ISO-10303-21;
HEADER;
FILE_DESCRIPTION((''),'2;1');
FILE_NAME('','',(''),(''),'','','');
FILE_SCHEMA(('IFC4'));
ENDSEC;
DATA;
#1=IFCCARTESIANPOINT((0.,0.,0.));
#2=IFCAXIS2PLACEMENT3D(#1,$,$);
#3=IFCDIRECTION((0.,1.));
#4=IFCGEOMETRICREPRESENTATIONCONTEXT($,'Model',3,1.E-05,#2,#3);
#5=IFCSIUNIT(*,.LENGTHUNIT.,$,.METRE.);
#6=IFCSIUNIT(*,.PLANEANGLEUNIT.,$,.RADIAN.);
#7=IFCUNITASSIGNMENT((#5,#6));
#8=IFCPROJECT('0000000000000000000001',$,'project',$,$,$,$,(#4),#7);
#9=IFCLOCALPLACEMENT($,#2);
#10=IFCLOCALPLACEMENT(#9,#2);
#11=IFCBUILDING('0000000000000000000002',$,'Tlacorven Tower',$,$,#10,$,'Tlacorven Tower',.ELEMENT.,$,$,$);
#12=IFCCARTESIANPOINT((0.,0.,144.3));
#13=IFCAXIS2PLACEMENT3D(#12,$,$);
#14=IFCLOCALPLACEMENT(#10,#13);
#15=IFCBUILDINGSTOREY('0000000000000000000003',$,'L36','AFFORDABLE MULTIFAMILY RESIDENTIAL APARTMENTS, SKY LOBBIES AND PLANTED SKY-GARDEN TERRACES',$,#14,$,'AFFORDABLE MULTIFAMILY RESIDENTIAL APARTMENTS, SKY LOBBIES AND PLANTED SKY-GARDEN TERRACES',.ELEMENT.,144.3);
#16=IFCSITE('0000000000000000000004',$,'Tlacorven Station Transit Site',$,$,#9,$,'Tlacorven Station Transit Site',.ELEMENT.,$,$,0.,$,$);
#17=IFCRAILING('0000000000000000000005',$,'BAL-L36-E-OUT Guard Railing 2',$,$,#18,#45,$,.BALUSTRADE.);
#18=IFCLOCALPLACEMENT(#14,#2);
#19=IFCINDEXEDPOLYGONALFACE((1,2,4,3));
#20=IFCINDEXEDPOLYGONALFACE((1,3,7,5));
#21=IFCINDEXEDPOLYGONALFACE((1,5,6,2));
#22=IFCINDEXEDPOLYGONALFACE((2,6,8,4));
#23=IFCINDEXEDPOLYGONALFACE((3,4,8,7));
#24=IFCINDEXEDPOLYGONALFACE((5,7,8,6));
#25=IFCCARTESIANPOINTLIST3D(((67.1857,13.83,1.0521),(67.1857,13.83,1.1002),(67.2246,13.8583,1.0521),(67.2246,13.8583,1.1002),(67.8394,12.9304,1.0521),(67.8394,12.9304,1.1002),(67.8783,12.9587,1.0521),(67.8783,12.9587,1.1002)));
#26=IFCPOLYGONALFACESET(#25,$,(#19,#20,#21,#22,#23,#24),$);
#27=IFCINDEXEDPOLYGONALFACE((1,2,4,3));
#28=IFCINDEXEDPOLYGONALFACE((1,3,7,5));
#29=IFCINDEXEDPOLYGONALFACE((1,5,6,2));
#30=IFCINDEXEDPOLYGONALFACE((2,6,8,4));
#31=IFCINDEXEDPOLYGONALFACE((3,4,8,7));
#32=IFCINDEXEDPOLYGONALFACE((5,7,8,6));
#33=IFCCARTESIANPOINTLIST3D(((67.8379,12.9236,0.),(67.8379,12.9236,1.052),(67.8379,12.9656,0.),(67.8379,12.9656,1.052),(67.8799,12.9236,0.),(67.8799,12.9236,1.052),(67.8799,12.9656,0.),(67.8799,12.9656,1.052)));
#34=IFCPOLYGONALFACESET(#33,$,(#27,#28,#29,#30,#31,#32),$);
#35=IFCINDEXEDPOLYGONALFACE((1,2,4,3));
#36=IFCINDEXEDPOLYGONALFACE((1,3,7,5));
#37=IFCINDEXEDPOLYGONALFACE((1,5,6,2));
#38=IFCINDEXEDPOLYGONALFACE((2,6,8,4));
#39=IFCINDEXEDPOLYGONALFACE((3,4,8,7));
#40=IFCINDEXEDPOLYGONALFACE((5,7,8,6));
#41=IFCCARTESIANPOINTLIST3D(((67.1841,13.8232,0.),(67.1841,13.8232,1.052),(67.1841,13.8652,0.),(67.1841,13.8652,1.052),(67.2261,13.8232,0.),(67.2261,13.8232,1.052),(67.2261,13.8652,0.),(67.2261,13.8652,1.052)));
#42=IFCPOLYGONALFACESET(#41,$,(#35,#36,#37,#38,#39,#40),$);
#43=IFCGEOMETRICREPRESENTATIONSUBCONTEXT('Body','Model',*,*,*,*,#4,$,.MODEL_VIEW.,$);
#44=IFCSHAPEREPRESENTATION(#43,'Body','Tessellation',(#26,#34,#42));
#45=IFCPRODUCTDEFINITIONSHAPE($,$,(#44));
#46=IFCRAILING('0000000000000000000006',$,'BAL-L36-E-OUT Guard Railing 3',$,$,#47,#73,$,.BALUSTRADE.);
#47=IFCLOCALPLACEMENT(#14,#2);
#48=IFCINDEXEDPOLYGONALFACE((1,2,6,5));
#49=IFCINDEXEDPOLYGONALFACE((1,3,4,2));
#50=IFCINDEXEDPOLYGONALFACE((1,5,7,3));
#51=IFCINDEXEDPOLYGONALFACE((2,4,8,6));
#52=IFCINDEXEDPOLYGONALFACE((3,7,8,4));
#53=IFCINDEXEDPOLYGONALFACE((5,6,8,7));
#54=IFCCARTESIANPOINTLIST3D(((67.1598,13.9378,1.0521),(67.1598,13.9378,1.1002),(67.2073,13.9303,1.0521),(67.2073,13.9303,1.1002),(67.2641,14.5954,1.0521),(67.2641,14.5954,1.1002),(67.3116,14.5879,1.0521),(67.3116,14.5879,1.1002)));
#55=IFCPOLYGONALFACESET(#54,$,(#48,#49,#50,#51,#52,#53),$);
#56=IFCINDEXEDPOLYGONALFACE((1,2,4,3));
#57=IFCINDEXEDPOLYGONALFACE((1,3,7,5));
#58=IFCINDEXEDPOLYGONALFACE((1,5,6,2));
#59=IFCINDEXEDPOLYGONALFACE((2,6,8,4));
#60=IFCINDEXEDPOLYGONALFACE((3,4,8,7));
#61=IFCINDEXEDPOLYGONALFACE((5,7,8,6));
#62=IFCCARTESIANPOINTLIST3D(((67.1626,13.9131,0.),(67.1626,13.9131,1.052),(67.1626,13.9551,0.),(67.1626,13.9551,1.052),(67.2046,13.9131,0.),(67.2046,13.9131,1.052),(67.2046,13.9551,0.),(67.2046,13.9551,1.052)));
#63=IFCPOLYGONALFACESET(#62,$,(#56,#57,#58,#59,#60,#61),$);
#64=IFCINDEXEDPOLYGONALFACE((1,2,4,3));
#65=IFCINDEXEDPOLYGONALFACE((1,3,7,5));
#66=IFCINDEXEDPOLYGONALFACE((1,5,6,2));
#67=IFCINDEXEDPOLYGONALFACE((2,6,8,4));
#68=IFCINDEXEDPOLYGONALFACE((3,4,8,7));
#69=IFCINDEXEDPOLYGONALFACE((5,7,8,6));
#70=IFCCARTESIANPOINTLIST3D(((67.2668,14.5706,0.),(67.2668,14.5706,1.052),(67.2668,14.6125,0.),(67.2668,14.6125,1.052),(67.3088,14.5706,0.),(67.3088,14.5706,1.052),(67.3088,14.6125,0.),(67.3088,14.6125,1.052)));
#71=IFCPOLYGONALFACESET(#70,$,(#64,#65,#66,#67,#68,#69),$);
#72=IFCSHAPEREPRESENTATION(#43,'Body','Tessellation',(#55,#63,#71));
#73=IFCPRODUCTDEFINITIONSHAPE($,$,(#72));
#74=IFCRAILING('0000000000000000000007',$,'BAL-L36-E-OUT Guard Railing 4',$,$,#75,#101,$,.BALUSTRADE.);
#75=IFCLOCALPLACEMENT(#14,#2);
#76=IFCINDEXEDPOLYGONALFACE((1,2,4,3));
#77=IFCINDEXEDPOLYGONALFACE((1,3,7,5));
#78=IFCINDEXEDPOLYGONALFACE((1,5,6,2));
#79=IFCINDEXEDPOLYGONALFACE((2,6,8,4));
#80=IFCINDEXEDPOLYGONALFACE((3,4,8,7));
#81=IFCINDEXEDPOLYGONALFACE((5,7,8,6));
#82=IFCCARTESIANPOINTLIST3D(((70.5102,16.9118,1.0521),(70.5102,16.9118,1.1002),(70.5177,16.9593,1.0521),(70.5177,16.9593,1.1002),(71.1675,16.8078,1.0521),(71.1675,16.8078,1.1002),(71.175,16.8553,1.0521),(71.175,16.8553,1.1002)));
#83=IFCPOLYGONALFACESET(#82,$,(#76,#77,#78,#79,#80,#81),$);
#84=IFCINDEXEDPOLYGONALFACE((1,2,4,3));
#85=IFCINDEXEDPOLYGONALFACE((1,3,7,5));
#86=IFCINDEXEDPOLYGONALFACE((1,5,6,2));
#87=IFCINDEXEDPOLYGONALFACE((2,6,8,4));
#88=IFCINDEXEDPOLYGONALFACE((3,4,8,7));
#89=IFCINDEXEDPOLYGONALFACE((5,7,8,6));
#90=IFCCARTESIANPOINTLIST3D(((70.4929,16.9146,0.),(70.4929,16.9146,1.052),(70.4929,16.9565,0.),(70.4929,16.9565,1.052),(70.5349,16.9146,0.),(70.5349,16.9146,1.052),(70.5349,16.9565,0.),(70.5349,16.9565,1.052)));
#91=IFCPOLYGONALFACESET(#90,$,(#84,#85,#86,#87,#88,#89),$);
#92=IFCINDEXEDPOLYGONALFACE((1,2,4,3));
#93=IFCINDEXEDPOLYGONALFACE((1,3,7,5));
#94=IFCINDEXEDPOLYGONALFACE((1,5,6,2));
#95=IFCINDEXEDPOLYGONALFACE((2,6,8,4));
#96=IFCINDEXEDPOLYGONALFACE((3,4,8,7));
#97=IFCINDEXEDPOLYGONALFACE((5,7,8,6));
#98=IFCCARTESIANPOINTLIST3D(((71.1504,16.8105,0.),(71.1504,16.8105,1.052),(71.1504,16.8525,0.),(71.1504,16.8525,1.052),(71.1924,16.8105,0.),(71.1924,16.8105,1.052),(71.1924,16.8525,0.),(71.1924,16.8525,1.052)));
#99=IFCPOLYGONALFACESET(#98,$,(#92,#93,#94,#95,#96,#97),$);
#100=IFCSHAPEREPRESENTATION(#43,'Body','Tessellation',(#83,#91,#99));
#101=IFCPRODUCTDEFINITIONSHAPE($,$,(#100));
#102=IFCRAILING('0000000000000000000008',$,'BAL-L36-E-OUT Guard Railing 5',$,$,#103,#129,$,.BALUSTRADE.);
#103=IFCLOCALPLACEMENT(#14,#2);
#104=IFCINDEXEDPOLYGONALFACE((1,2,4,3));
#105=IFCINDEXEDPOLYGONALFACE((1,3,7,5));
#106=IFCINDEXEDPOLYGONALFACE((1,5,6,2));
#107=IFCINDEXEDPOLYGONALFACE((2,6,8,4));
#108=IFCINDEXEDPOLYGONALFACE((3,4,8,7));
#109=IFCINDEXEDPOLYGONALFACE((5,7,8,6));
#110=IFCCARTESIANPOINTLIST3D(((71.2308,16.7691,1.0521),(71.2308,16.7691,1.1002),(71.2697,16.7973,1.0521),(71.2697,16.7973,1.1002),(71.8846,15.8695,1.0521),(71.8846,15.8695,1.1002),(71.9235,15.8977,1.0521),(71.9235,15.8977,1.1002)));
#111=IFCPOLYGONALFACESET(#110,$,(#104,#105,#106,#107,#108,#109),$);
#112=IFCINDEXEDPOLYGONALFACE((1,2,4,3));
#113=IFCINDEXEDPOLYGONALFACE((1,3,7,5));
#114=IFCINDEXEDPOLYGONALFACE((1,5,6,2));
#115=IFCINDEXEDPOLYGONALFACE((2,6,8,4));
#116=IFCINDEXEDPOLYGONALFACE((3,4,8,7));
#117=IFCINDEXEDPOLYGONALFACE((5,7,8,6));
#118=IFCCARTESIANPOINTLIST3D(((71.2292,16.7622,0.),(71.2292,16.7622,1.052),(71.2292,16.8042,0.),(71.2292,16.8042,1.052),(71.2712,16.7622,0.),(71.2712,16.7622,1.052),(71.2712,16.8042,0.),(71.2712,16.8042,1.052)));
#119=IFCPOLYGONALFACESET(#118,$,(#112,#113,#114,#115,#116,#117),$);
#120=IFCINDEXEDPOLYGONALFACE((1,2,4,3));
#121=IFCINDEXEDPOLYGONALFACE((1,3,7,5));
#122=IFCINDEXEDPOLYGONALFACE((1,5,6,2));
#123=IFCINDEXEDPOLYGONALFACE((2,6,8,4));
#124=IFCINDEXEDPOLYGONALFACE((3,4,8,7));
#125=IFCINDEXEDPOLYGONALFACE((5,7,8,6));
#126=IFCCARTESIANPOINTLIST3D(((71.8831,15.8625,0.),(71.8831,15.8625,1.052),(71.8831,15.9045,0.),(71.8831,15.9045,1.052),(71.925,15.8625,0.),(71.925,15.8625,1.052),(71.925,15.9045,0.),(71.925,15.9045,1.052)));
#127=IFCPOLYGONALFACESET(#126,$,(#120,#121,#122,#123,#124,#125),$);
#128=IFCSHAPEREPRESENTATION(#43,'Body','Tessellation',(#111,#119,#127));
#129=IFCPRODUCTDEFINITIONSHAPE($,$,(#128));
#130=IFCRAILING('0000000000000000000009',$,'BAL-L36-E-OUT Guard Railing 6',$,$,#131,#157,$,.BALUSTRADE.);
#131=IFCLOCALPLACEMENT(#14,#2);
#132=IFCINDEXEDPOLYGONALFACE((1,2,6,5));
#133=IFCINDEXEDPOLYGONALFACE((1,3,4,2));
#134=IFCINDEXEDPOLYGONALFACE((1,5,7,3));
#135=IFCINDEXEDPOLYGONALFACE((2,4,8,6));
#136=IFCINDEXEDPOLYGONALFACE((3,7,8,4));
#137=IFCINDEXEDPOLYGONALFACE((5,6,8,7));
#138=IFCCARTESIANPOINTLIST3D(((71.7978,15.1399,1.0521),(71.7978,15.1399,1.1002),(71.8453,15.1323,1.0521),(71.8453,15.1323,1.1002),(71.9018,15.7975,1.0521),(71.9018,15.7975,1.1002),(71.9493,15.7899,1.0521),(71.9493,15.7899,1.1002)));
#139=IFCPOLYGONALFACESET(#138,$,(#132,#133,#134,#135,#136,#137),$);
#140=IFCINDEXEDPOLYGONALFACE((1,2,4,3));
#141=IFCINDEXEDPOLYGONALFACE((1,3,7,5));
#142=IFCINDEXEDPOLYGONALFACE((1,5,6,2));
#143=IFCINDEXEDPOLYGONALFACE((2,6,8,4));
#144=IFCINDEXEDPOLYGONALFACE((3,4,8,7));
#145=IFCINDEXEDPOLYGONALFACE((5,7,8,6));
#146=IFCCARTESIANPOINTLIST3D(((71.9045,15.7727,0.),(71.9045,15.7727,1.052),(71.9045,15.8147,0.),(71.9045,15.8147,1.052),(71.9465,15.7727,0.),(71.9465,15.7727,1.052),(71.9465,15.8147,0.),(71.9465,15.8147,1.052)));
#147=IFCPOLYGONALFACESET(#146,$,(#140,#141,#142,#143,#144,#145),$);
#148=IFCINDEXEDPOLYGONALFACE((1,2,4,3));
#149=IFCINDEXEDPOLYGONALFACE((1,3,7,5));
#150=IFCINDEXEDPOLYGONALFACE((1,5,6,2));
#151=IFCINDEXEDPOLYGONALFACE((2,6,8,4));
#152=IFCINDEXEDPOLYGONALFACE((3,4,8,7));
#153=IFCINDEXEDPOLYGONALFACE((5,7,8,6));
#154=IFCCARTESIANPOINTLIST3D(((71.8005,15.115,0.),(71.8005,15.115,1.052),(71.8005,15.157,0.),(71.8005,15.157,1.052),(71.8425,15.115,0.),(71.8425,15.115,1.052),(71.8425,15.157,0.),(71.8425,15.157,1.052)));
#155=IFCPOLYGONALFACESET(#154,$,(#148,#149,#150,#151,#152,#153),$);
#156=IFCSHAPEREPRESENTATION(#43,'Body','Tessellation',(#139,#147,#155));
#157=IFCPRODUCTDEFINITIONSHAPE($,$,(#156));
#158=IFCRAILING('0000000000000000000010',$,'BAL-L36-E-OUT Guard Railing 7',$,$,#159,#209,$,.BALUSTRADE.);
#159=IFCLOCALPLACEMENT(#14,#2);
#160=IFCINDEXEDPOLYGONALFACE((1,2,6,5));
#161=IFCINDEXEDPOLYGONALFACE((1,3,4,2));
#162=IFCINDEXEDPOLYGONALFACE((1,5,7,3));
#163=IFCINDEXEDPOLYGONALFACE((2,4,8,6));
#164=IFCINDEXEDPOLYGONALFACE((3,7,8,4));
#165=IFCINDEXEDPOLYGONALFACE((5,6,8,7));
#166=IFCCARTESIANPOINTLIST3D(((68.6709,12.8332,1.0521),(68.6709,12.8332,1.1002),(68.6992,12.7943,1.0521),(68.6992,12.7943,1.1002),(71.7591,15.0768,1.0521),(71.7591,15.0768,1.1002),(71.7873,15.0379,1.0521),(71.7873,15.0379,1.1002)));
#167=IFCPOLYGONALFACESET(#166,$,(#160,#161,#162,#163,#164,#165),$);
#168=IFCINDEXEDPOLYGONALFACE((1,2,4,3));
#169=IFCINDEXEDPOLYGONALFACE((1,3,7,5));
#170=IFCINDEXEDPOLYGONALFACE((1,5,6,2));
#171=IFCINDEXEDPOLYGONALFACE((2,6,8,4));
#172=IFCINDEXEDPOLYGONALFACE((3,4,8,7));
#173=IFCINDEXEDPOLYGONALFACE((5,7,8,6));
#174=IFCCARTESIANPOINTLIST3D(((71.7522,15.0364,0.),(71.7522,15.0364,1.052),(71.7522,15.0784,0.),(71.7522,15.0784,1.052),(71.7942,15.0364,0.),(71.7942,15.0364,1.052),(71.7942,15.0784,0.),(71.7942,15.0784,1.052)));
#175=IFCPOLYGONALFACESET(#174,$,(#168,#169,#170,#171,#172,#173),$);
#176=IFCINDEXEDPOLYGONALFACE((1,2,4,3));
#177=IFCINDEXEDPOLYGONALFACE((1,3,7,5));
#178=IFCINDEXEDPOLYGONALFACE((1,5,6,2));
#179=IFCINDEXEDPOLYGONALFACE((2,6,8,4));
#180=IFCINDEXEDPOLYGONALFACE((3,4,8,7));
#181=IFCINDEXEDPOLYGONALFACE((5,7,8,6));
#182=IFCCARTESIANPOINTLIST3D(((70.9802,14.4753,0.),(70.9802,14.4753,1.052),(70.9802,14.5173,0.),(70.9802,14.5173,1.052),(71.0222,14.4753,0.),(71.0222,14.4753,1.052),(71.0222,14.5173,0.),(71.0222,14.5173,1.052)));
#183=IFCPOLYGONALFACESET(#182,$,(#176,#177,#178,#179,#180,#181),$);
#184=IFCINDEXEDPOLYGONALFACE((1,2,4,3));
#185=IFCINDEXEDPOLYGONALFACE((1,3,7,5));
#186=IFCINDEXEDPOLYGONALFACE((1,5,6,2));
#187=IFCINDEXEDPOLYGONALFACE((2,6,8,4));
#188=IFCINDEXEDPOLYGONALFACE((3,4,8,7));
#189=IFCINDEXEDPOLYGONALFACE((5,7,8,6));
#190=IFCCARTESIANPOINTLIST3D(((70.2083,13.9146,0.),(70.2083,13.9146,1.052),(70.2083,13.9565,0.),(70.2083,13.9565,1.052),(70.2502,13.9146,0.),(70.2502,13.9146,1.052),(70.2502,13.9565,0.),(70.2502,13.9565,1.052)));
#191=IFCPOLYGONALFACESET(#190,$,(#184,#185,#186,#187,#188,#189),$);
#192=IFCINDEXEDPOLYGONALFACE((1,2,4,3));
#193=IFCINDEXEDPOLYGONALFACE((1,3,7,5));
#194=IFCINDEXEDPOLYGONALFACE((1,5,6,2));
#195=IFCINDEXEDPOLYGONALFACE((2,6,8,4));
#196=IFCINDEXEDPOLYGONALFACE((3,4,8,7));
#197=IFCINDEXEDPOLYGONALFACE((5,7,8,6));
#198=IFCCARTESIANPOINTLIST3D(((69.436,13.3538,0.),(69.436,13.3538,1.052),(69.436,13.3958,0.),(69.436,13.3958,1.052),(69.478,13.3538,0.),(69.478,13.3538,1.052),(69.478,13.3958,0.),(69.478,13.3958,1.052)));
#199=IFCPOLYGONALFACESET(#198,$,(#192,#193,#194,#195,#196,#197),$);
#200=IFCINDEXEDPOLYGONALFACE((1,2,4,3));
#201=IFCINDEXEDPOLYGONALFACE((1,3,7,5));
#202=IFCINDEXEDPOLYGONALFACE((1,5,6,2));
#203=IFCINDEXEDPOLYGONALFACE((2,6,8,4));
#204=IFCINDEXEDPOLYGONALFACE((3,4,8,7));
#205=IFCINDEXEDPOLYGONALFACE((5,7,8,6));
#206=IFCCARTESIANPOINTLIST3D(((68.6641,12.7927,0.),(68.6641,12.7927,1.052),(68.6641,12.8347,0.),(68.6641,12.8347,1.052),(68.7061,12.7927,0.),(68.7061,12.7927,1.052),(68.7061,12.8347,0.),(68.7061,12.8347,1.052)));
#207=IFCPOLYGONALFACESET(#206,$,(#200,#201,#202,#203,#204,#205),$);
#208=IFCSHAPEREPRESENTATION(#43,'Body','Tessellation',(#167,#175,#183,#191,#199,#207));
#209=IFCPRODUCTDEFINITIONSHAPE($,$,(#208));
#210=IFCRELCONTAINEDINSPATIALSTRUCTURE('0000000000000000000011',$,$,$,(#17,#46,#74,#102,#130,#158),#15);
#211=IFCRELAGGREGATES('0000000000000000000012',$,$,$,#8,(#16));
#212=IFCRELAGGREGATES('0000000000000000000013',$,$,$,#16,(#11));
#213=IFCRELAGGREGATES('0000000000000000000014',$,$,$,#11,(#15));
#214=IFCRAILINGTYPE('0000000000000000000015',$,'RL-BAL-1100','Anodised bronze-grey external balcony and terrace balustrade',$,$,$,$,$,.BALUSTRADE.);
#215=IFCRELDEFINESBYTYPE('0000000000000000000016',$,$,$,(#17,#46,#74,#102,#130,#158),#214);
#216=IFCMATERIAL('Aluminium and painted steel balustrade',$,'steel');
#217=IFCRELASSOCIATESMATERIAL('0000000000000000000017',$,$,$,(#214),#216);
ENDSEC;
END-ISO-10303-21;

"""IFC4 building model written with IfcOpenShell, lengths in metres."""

from ifc_helpers import new_model, si_unit, direction, frame, origin, origin_2d, place, context, subcontext, project, spatial, rectangle, extrude, source, transform, mapped, material, type_object, element, save


model = new_model("IFC4")

# Units and contexts
model_context = context("Model", 3, precision=1e-05, world=origin(), true_north=direction((0.0, 1.0)))
body_context = subcontext(model_context, "Body", "Model", "MODEL_VIEW")
ifc_project = project(units=[si_unit("LENGTHUNIT", "METRE"), si_unit("PLANEANGLEUNIT", "RADIAN")], contexts=[model_context])

# Site, building, storey
site_placement = place(None, origin())
site = spatial("IfcSite", under=ifc_project, at=site_placement, Name="Tlacorven Station Transit Site", LongName="Tlacorven Station Transit Site", CompositionType="ELEMENT", RefElevation=0.0)
building_placement = place(site_placement, origin())
building = spatial("IfcBuilding", under=site, at=building_placement, Name="Tlacorven Tower", LongName="Tlacorven Tower", CompositionType="ELEMENT")
storey_placement = place(building_placement, frame((0.0, 0.0, 144.3)))
storey = spatial("IfcBuildingStorey", under=building, at=storey_placement, Name="L36", Description="AFFORDABLE MULTIFAMILY RESIDENTIAL APARTMENTS, SKY LOBBIES AND PLANTED SKY-GARDEN TERRACES", LongName="AFFORDABLE MULTIFAMILY RESIDENTIAL APARTMENTS, SKY LOBBIES AND PLANTED SKY-GARDEN TERRACES", CompositionType="ELEMENT", Elevation=144.3)

# Railings
ifc_material_1 = material(Name="Aluminium and painted steel balustrade", Category="steel")
railing_type = type_object("IfcRailingType", Name="RL-BAL-1100", Description="Anodised bronze-grey external balcony and terrace balustrade", PredefinedType="BALUSTRADE", material=ifc_material_1)
shared_shape_1 = source(origin(), body_context, "Body", "SweptSolid", [
    extrude(rectangle(XDim=0.0481, YDim=0.0481, at=origin_2d()), frame((0.0, 0.0, 1.0762), z_axis=(-0.587884, 0.808945, 0.0), x_axis=(-0.808945, -0.587884, 0.0)), (0.0, 0.0, 1.0), 1.1121),
    extrude(rectangle(XDim=0.042, YDim=0.042, at=origin_2d()), origin(), (0.0, 0.0, 1.0), 1.052),
    extrude(rectangle(XDim=0.042, YDim=0.042, at=origin_2d()), frame((-0.6538, 0.8997, 0.0)), (0.0, 0.0, 1.0), 1.052),
])
railing_1_placement = place(storey_placement, frame((67.8589, 12.9446, 0.0)))
element("IfcRailing", 1, at=railing_1_placement, inside=storey, type_object=railing_type, Name="BAL-L36-E-OUT Guard Railing 2", PredefinedType="BALUSTRADE", context=body_context, shape_type="MappedRepresentation", body=[
    mapped(shared_shape_1, transform((0.0, 0.0, 0.0), scale=1.0)),
])
shared_shape_2 = source(origin(), body_context, "Body", "SweptSolid", [
    extrude(rectangle(XDim=0.0481, YDim=0.0481, at=origin_2d()), frame((0.0, 0.0, 1.0762), z_axis=(0.156603, 0.987662, 0.0), x_axis=(-0.987662, 0.156603, 0.0)), (0.0, 0.0, 1.0), 0.6658),
    extrude(rectangle(XDim=0.042, YDim=0.042, at=origin_2d()), origin(), (0.0, 0.0, 1.0), 1.052),
    extrude(rectangle(XDim=0.042, YDim=0.042, at=origin_2d()), frame((0.1042, 0.6575, 0.0)), (0.0, 0.0, 1.0), 1.052),
])
railing_2_placement = place(storey_placement, frame((67.1836, 13.9341, 0.0)))
element("IfcRailing", 2, at=railing_2_placement, inside=storey, type_object=railing_type, Name="BAL-L36-E-OUT Guard Railing 3", PredefinedType="BALUSTRADE", context=body_context, shape_type="MappedRepresentation", body=[
    mapped(shared_shape_2, transform((0.0, 0.0, 0.0), scale=1.0)),
])
shared_shape_3 = source(origin(), body_context, "Body", "SweptSolid", [
    extrude(rectangle(XDim=0.0481, YDim=0.0481, at=origin_2d()), frame((0.0, 0.0, 1.0762), z_axis=(0.987718, -0.156245, 0.0), x_axis=(0.156245, 0.987718, 0.0)), (0.0, 0.0, 1.0), 0.6655),
    extrude(rectangle(XDim=0.042, YDim=0.042, at=origin_2d()), origin(), (0.0, 0.0, 1.0), 1.052),
    extrude(rectangle(XDim=0.042, YDim=0.042, at=origin_2d()), frame((0.6575, -0.104, 0.0)), (0.0, 0.0, 1.0), 1.052),
])
railing_3_placement = place(storey_placement, frame((70.5139, 16.9355, 0.0)))
element("IfcRailing", 3, at=railing_3_placement, inside=storey, type_object=railing_type, Name="BAL-L36-E-OUT Guard Railing 4", PredefinedType="BALUSTRADE", context=body_context, shape_type="MappedRepresentation", body=[
    mapped(shared_shape_3, transform((0.0, 0.0, 0.0), scale=1.0)),
])
shared_shape_4 = source(origin(), body_context, "Body", "SweptSolid", [
    extrude(rectangle(XDim=0.0481, YDim=0.0481, at=origin_2d()), frame((0.0, 0.0, 1.0762), z_axis=(0.587884, -0.808945, 0.0), x_axis=(0.808945, 0.587884, 0.0)), (0.0, 0.0, 1.0), 1.1121),
    extrude(rectangle(XDim=0.042, YDim=0.042, at=origin_2d()), origin(), (0.0, 0.0, 1.0), 1.052),
    extrude(rectangle(XDim=0.042, YDim=0.042, at=origin_2d()), frame((0.6538, -0.8997, 0.0)), (0.0, 0.0, 1.0), 1.052),
])
railing_4_placement = place(storey_placement, frame((71.2502, 16.7832, 0.0)))
element("IfcRailing", 4, at=railing_4_placement, inside=storey, type_object=railing_type, Name="BAL-L36-E-OUT Guard Railing 5", PredefinedType="BALUSTRADE", context=body_context, shape_type="MappedRepresentation", body=[
    mapped(shared_shape_4, transform((0.0, 0.0, 0.0), scale=1.0)),
])
shared_shape_5 = source(origin(), body_context, "Body", "SweptSolid", [
    extrude(rectangle(XDim=0.0481, YDim=0.0481, at=origin_2d()), frame((0.0, 0.0, 1.0762), z_axis=(-0.156188, -0.987727, 0.0), x_axis=(0.987727, -0.156188, 0.0)), (0.0, 0.0, 1.0), 0.6658),
    extrude(rectangle(XDim=0.042, YDim=0.042, at=origin_2d()), origin(), (0.0, 0.0, 1.0), 1.052),
    extrude(rectangle(XDim=0.042, YDim=0.042, at=origin_2d()), frame((-0.104, -0.6577, 0.0)), (0.0, 0.0, 1.0), 1.052),
])
railing_5_placement = place(storey_placement, frame((71.9255, 15.7937, 0.0)))
element("IfcRailing", 5, at=railing_5_placement, inside=storey, type_object=railing_type, Name="BAL-L36-E-OUT Guard Railing 6", PredefinedType="BALUSTRADE", context=body_context, shape_type="MappedRepresentation", body=[
    mapped(shared_shape_5, transform((0.0, 0.0, 0.0), scale=1.0)),
])
shared_shape_6 = source(origin(), body_context, "Body", "SweptSolid", [
    extrude(rectangle(XDim=0.0481, YDim=0.0481, at=origin_2d()), frame((0.0, 0.0, 1.0762), z_axis=(-0.809018, -0.587784, 0.0), x_axis=(0.587784, -0.809018, 0.0)), (0.0, 0.0, 1.0), 3.8171),
    extrude(rectangle(XDim=0.042, YDim=0.042, at=origin_2d()), origin(), (0.0, 0.0, 1.0), 1.052),
    extrude(rectangle(XDim=0.042, YDim=0.042, at=origin_2d()), frame((-0.772, -0.561, 0.0)), (0.0, 0.0, 1.0), 1.052),
    extrude(rectangle(XDim=0.042, YDim=0.042, at=origin_2d()), frame((-1.5439, -1.1218, 0.0)), (0.0, 0.0, 1.0), 1.052),
    extrude(rectangle(XDim=0.042, YDim=0.042, at=origin_2d()), frame((-2.3162, -1.6826, 0.0)), (0.0, 0.0, 1.0), 1.052),
    extrude(rectangle(XDim=0.042, YDim=0.042, at=origin_2d()), frame((-3.0881, -2.2437, 0.0)), (0.0, 0.0, 1.0), 1.052),
])
railing_6_placement = place(storey_placement, frame((71.7732, 15.0574, 0.0)))
element("IfcRailing", 6, at=railing_6_placement, inside=storey, type_object=railing_type, Name="BAL-L36-E-OUT Guard Railing 7", PredefinedType="BALUSTRADE", context=body_context, shape_type="MappedRepresentation", body=[
    mapped(shared_shape_6, transform((0.0, 0.0, 0.0), scale=1.0)),
])

save(model, "model.ifc")
